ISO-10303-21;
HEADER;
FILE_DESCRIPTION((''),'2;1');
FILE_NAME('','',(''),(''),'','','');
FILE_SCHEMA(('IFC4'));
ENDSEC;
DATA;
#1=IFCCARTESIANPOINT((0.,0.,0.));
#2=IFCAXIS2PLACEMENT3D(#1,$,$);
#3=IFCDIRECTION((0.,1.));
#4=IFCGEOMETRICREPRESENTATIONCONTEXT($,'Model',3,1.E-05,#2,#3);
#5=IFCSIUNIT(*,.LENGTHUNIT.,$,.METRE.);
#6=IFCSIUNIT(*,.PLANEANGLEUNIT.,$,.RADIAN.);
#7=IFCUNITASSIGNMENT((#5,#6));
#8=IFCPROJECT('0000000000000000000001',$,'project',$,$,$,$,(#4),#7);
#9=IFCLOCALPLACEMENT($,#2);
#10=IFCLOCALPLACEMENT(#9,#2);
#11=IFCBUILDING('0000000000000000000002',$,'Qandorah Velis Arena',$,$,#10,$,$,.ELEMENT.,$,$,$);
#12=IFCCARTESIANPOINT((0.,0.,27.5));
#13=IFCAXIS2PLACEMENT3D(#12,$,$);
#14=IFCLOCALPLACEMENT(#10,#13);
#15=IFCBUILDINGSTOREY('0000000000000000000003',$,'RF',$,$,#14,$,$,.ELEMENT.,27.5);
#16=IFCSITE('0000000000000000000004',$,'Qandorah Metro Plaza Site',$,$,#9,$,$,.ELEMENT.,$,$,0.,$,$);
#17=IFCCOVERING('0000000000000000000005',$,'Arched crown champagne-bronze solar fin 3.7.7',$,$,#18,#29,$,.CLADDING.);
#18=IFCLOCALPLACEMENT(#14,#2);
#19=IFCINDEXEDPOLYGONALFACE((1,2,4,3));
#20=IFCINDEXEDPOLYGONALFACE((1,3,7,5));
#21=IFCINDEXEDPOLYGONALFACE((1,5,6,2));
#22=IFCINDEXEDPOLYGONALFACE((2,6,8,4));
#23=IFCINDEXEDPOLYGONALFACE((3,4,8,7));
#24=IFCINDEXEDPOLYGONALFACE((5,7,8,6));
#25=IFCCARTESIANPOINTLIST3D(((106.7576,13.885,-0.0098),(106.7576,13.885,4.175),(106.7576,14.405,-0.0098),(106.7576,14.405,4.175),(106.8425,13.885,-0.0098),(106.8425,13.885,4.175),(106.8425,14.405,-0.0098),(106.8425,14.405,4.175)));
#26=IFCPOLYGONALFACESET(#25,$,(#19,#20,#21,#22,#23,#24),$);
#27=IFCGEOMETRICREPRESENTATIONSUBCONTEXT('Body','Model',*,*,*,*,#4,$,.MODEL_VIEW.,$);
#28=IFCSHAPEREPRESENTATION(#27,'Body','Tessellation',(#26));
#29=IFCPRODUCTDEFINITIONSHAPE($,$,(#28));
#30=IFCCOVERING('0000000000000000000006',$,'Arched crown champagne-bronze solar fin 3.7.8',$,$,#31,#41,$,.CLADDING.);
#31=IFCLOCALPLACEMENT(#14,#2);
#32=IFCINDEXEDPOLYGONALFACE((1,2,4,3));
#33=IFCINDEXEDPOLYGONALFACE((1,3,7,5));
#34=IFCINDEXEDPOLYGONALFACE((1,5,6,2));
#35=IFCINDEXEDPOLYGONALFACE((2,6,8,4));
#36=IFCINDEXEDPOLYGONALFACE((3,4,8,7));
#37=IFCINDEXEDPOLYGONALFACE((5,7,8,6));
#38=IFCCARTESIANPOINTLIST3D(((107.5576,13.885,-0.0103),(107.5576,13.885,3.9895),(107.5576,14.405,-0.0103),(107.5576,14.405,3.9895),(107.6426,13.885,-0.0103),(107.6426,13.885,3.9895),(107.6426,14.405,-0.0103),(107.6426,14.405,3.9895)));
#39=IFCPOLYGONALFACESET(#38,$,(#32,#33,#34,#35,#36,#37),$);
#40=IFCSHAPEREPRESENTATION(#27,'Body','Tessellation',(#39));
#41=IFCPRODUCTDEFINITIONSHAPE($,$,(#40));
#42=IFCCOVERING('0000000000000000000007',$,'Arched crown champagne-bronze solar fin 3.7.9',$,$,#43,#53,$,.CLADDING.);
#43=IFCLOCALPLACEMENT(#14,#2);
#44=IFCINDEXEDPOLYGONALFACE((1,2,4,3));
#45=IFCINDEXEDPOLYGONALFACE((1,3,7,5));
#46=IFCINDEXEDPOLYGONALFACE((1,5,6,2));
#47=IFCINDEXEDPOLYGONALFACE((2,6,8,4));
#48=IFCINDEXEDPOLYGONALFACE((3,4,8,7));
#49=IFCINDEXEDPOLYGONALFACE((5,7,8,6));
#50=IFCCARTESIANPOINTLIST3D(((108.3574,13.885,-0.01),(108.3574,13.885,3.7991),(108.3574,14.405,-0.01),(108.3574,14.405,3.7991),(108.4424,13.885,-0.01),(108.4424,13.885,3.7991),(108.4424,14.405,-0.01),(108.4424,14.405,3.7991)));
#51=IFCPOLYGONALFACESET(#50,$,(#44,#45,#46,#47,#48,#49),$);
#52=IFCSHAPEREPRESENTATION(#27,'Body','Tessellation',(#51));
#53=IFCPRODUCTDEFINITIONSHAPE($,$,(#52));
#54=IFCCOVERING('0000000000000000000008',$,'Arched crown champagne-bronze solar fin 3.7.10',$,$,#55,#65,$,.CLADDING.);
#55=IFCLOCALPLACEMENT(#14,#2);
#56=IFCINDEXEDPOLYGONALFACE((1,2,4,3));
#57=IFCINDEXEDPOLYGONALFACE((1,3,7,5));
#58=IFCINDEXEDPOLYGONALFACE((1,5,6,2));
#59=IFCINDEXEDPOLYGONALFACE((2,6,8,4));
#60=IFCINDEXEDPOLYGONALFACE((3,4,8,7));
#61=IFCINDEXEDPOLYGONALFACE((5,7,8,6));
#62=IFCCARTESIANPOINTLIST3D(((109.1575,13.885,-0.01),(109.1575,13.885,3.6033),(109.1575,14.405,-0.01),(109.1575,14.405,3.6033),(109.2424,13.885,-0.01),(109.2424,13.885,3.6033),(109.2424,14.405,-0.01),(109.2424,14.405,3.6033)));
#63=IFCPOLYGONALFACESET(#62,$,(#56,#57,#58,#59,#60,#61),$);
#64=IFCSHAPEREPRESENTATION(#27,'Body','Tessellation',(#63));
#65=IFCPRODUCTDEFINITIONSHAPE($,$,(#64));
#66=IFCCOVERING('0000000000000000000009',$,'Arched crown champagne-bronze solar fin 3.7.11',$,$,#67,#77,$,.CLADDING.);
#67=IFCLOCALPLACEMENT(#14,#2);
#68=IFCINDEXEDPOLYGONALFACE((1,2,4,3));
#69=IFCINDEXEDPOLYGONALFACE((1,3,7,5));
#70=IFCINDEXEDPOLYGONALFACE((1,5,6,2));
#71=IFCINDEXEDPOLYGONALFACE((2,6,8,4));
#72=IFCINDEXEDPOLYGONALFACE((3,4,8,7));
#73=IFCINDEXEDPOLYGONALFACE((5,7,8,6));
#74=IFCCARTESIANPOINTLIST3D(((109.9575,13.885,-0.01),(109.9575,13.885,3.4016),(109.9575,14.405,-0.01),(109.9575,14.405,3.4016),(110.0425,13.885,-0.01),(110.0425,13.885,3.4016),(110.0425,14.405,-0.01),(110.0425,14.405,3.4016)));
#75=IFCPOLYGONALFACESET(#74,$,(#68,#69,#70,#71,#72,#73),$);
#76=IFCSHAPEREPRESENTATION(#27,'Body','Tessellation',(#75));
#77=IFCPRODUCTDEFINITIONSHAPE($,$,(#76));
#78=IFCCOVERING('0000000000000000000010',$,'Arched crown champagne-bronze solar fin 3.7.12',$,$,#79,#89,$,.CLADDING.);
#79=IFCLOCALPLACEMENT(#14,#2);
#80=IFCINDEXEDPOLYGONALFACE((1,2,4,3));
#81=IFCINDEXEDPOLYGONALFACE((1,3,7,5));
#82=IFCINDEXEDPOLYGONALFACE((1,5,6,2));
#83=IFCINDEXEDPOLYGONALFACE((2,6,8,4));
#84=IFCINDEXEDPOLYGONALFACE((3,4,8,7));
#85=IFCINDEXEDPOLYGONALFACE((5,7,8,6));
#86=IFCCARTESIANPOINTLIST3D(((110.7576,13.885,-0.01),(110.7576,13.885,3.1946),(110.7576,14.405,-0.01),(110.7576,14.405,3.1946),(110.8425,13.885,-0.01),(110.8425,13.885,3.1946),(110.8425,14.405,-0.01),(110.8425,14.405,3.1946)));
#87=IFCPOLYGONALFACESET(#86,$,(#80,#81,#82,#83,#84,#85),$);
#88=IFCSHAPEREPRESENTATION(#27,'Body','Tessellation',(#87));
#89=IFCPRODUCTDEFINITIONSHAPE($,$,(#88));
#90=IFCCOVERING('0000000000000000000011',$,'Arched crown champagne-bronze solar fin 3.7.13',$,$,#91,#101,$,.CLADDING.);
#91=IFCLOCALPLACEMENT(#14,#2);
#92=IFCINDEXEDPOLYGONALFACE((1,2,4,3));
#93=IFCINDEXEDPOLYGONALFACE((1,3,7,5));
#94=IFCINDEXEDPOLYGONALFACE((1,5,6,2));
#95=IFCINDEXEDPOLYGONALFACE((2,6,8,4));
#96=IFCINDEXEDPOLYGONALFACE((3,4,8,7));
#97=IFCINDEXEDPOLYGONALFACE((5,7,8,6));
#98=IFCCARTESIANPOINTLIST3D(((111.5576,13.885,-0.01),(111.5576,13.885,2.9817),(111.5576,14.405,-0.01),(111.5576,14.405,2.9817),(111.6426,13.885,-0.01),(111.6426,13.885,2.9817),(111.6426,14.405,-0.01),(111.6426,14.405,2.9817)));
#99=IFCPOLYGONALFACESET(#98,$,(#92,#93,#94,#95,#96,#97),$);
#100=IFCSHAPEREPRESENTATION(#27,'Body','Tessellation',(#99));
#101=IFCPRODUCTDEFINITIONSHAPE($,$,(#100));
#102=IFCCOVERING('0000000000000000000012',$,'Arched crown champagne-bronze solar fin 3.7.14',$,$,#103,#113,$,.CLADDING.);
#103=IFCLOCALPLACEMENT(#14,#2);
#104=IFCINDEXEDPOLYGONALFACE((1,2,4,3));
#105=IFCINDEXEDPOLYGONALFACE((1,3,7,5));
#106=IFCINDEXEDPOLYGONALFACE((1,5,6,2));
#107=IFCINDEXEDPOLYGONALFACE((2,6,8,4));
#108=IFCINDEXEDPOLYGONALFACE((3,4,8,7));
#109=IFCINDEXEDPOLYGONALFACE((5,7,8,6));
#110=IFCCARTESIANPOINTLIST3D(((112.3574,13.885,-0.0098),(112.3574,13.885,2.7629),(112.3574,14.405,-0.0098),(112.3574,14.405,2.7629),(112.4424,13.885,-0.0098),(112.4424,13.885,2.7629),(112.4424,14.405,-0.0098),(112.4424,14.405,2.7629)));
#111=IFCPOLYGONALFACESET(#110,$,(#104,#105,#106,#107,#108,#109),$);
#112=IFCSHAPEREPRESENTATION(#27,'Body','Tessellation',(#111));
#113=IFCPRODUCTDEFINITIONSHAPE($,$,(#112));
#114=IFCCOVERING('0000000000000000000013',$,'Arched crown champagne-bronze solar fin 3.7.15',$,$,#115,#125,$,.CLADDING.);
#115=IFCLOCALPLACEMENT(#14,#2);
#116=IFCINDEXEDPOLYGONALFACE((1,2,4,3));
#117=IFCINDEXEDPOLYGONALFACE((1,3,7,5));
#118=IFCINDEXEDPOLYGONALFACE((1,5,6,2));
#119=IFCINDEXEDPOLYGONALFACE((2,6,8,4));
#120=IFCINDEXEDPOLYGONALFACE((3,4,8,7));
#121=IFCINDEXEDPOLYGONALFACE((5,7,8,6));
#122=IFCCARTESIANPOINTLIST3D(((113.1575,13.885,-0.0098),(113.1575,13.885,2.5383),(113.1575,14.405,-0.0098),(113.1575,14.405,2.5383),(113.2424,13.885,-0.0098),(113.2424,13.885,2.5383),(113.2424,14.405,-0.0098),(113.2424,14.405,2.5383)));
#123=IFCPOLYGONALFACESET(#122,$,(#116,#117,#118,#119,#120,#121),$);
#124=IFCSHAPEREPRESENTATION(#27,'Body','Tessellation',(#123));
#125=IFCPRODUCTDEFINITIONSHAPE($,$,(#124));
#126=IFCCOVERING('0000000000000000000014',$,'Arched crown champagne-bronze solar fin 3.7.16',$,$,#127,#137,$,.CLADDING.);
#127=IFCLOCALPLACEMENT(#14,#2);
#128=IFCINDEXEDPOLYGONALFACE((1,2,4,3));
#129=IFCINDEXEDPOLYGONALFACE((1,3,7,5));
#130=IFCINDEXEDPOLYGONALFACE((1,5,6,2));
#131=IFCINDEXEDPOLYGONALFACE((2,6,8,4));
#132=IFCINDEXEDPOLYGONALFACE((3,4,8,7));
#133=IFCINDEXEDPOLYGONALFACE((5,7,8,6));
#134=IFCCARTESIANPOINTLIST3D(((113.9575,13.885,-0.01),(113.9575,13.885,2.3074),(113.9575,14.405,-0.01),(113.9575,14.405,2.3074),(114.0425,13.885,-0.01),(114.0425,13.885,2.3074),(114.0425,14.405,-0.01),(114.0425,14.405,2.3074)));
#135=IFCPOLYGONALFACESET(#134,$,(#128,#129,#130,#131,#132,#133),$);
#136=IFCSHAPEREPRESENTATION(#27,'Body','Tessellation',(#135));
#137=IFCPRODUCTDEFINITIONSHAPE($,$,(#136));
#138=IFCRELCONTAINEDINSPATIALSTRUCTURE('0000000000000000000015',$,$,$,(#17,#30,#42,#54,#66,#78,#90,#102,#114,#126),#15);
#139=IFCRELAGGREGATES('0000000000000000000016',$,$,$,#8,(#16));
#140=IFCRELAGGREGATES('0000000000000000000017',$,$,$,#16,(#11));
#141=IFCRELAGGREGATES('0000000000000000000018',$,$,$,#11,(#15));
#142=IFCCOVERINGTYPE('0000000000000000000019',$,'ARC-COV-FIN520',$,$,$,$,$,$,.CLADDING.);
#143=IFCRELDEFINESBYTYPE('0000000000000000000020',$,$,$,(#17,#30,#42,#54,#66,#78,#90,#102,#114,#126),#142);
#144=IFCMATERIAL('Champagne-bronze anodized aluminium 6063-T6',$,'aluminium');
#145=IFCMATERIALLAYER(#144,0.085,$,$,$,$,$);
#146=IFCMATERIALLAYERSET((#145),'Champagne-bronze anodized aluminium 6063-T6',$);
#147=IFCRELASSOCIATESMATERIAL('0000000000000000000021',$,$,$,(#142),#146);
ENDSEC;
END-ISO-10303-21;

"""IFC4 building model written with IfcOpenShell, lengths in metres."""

from ifc_helpers import new_model, si_unit, direction, frame, origin, origin_2d, place, context, subcontext, project, spatial, rectangle, extrude, material, layer, layer_set, type_object, element, save


model = new_model("IFC4")

# Units and contexts
model_context = context("Model", 3, precision=1e-05, world=origin(), true_north=direction((0.0, 1.0)))
body_context = subcontext(model_context, "Body", "Model", "MODEL_VIEW")
ifc_project = project(units=[si_unit("LENGTHUNIT", "METRE"), si_unit("PLANEANGLEUNIT", "RADIAN")], contexts=[model_context])

# Site, building, storey
site_placement = place(None, origin())
site = spatial("IfcSite", under=ifc_project, at=site_placement, Name="Qandorah Metro Plaza Site", CompositionType="ELEMENT", RefElevation=0.0)
building_placement = place(site_placement, origin())
building = spatial("IfcBuilding", under=site, at=building_placement, Name="Qandorah Velis Arena", CompositionType="ELEMENT")
storey_placement = place(building_placement, frame((0.0, 0.0, 27.5)))
storey = spatial("IfcBuildingStorey", under=building, at=storey_placement, Name="RF", CompositionType="ELEMENT", Elevation=27.5)

# Shared definitions
ifc_material_1 = material(Name="Champagne-bronze anodized aluminium 6063-T6", Category="aluminium")

# Coverings
ifc_layer_1 = layer(ifc_material_1, 0.085)
ifc_layer_set_1 = layer_set([ifc_layer_1], Name="Champagne-bronze anodized aluminium 6063-T6")
covering_type = type_object("IfcCoveringType", Name="ARC-COV-FIN520", PredefinedType="CLADDING", material=ifc_layer_set_1)
covering_1_placement = place(storey_placement, frame((106.8, 14.145, -0.0098), z_axis=(0.0, 0.0, 1.0), x_axis=(1.0, 0.0, 0.0)))
element("IfcCovering", 1, at=covering_1_placement, inside=storey, type_object=covering_type, Name="Arched crown champagne-bronze solar fin 3.7.7", PredefinedType="CLADDING", context=body_context, shape_type="SweptSolid", body=[
    extrude(rectangle(XDim=0.085, YDim=0.52, at=origin_2d()), origin(), (0.0, 0.0, 1.0), 4.1848),
])
covering_2_placement = place(storey_placement, frame((107.6001, 14.145, -0.0103), z_axis=(0.0, 0.0, 1.0), x_axis=(1.0, 0.0, 0.0)))
element("IfcCovering", 2, at=covering_2_placement, inside=storey, type_object=covering_type, Name="Arched crown champagne-bronze solar fin 3.7.8", PredefinedType="CLADDING", context=body_context, shape_type="SweptSolid", body=[
    extrude(rectangle(XDim=0.085, YDim=0.52, at=origin_2d()), origin(), (0.0, 0.0, 1.0), 3.9998),
])
covering_3_placement = place(storey_placement, frame((108.3999, 14.145, -0.01), z_axis=(0.0, 0.0, 1.0), x_axis=(1.0, 0.0, 0.0)))
element("IfcCovering", 3, at=covering_3_placement, inside=storey, type_object=covering_type, Name="Arched crown champagne-bronze solar fin 3.7.9", PredefinedType="CLADDING", context=body_context, shape_type="SweptSolid", body=[
    extrude(rectangle(XDim=0.085, YDim=0.52, at=origin_2d()), origin(), (0.0, 0.0, 1.0), 3.8091),
])
covering_4_placement = place(storey_placement, frame((109.2, 14.145, -0.01), z_axis=(0.0, 0.0, 1.0), x_axis=(1.0, 0.0, 0.0)))
element("IfcCovering", 4, at=covering_4_placement, inside=storey, type_object=covering_type, Name="Arched crown champagne-bronze solar fin 3.7.10", PredefinedType="CLADDING", context=body_context, shape_type="SweptSolid", body=[
    extrude(rectangle(XDim=0.085, YDim=0.52, at=origin_2d()), origin(), (0.0, 0.0, 1.0), 3.6133),
])
covering_5_placement = place(storey_placement, frame((110.0, 14.145, -0.01), z_axis=(0.0, 0.0, 1.0), x_axis=(1.0, 0.0, 0.0)))
element("IfcCovering", 5, at=covering_5_placement, inside=storey, type_object=covering_type, Name="Arched crown champagne-bronze solar fin 3.7.11", PredefinedType="CLADDING", context=body_context, shape_type="SweptSolid", body=[
    extrude(rectangle(XDim=0.085, YDim=0.52, at=origin_2d()), origin(), (0.0, 0.0, 1.0), 3.4116),
])
covering_6_placement = place(storey_placement, frame((110.8, 14.145, -0.01), z_axis=(0.0, 0.0, 1.0), x_axis=(1.0, 0.0, 0.0)))
element("IfcCovering", 6, at=covering_6_placement, inside=storey, type_object=covering_type, Name="Arched crown champagne-bronze solar fin 3.7.12", PredefinedType="CLADDING", context=body_context, shape_type="SweptSolid", body=[
    extrude(rectangle(XDim=0.085, YDim=0.52, at=origin_2d()), origin(), (0.0, 0.0, 1.0), 3.2046),
])
covering_7_placement = place(storey_placement, frame((111.6001, 14.145, -0.01), z_axis=(0.0, 0.0, 1.0), x_axis=(1.0, 0.0, 0.0)))
element("IfcCovering", 7, at=covering_7_placement, inside=storey, type_object=covering_type, Name="Arched crown champagne-bronze solar fin 3.7.13", PredefinedType="CLADDING", context=body_context, shape_type="SweptSolid", body=[
    extrude(rectangle(XDim=0.085, YDim=0.52, at=origin_2d()), origin(), (0.0, 0.0, 1.0), 2.9917),
])
covering_8_placement = place(storey_placement, frame((112.3999, 14.145, -0.0098), z_axis=(0.0, 0.0, 1.0), x_axis=(1.0, 0.0, 0.0)))
element("IfcCovering", 8, at=covering_8_placement, inside=storey, type_object=covering_type, Name="Arched crown champagne-bronze solar fin 3.7.14", PredefinedType="CLADDING", context=body_context, shape_type="SweptSolid", body=[
    extrude(rectangle(XDim=0.085, YDim=0.52, at=origin_2d()), origin(), (0.0, 0.0, 1.0), 2.7727),
])
covering_9_placement = place(storey_placement, frame((113.2, 14.145, -0.0098), z_axis=(0.0, 0.0, 1.0), x_axis=(1.0, 0.0, 0.0)))
element("IfcCovering", 9, at=covering_9_placement, inside=storey, type_object=covering_type, Name="Arched crown champagne-bronze solar fin 3.7.15", PredefinedType="CLADDING", context=body_context, shape_type="SweptSolid", body=[
    extrude(rectangle(XDim=0.085, YDim=0.52, at=origin_2d()), origin(), (0.0, 0.0, 1.0), 2.5481),
])
covering_10_placement = place(storey_placement, frame((114.0, 14.145, -0.01), z_axis=(0.0, 0.0, 1.0), x_axis=(1.0, 0.0, 0.0)))
element("IfcCovering", 10, at=covering_10_placement, inside=storey, type_object=covering_type, Name="Arched crown champagne-bronze solar fin 3.7.16", PredefinedType="CLADDING", context=body_context, shape_type="SweptSolid", body=[
    extrude(rectangle(XDim=0.085, YDim=0.52, at=origin_2d()), origin(), (0.0, 0.0, 1.0), 2.3174),
])

save(model, "model.ifc")
